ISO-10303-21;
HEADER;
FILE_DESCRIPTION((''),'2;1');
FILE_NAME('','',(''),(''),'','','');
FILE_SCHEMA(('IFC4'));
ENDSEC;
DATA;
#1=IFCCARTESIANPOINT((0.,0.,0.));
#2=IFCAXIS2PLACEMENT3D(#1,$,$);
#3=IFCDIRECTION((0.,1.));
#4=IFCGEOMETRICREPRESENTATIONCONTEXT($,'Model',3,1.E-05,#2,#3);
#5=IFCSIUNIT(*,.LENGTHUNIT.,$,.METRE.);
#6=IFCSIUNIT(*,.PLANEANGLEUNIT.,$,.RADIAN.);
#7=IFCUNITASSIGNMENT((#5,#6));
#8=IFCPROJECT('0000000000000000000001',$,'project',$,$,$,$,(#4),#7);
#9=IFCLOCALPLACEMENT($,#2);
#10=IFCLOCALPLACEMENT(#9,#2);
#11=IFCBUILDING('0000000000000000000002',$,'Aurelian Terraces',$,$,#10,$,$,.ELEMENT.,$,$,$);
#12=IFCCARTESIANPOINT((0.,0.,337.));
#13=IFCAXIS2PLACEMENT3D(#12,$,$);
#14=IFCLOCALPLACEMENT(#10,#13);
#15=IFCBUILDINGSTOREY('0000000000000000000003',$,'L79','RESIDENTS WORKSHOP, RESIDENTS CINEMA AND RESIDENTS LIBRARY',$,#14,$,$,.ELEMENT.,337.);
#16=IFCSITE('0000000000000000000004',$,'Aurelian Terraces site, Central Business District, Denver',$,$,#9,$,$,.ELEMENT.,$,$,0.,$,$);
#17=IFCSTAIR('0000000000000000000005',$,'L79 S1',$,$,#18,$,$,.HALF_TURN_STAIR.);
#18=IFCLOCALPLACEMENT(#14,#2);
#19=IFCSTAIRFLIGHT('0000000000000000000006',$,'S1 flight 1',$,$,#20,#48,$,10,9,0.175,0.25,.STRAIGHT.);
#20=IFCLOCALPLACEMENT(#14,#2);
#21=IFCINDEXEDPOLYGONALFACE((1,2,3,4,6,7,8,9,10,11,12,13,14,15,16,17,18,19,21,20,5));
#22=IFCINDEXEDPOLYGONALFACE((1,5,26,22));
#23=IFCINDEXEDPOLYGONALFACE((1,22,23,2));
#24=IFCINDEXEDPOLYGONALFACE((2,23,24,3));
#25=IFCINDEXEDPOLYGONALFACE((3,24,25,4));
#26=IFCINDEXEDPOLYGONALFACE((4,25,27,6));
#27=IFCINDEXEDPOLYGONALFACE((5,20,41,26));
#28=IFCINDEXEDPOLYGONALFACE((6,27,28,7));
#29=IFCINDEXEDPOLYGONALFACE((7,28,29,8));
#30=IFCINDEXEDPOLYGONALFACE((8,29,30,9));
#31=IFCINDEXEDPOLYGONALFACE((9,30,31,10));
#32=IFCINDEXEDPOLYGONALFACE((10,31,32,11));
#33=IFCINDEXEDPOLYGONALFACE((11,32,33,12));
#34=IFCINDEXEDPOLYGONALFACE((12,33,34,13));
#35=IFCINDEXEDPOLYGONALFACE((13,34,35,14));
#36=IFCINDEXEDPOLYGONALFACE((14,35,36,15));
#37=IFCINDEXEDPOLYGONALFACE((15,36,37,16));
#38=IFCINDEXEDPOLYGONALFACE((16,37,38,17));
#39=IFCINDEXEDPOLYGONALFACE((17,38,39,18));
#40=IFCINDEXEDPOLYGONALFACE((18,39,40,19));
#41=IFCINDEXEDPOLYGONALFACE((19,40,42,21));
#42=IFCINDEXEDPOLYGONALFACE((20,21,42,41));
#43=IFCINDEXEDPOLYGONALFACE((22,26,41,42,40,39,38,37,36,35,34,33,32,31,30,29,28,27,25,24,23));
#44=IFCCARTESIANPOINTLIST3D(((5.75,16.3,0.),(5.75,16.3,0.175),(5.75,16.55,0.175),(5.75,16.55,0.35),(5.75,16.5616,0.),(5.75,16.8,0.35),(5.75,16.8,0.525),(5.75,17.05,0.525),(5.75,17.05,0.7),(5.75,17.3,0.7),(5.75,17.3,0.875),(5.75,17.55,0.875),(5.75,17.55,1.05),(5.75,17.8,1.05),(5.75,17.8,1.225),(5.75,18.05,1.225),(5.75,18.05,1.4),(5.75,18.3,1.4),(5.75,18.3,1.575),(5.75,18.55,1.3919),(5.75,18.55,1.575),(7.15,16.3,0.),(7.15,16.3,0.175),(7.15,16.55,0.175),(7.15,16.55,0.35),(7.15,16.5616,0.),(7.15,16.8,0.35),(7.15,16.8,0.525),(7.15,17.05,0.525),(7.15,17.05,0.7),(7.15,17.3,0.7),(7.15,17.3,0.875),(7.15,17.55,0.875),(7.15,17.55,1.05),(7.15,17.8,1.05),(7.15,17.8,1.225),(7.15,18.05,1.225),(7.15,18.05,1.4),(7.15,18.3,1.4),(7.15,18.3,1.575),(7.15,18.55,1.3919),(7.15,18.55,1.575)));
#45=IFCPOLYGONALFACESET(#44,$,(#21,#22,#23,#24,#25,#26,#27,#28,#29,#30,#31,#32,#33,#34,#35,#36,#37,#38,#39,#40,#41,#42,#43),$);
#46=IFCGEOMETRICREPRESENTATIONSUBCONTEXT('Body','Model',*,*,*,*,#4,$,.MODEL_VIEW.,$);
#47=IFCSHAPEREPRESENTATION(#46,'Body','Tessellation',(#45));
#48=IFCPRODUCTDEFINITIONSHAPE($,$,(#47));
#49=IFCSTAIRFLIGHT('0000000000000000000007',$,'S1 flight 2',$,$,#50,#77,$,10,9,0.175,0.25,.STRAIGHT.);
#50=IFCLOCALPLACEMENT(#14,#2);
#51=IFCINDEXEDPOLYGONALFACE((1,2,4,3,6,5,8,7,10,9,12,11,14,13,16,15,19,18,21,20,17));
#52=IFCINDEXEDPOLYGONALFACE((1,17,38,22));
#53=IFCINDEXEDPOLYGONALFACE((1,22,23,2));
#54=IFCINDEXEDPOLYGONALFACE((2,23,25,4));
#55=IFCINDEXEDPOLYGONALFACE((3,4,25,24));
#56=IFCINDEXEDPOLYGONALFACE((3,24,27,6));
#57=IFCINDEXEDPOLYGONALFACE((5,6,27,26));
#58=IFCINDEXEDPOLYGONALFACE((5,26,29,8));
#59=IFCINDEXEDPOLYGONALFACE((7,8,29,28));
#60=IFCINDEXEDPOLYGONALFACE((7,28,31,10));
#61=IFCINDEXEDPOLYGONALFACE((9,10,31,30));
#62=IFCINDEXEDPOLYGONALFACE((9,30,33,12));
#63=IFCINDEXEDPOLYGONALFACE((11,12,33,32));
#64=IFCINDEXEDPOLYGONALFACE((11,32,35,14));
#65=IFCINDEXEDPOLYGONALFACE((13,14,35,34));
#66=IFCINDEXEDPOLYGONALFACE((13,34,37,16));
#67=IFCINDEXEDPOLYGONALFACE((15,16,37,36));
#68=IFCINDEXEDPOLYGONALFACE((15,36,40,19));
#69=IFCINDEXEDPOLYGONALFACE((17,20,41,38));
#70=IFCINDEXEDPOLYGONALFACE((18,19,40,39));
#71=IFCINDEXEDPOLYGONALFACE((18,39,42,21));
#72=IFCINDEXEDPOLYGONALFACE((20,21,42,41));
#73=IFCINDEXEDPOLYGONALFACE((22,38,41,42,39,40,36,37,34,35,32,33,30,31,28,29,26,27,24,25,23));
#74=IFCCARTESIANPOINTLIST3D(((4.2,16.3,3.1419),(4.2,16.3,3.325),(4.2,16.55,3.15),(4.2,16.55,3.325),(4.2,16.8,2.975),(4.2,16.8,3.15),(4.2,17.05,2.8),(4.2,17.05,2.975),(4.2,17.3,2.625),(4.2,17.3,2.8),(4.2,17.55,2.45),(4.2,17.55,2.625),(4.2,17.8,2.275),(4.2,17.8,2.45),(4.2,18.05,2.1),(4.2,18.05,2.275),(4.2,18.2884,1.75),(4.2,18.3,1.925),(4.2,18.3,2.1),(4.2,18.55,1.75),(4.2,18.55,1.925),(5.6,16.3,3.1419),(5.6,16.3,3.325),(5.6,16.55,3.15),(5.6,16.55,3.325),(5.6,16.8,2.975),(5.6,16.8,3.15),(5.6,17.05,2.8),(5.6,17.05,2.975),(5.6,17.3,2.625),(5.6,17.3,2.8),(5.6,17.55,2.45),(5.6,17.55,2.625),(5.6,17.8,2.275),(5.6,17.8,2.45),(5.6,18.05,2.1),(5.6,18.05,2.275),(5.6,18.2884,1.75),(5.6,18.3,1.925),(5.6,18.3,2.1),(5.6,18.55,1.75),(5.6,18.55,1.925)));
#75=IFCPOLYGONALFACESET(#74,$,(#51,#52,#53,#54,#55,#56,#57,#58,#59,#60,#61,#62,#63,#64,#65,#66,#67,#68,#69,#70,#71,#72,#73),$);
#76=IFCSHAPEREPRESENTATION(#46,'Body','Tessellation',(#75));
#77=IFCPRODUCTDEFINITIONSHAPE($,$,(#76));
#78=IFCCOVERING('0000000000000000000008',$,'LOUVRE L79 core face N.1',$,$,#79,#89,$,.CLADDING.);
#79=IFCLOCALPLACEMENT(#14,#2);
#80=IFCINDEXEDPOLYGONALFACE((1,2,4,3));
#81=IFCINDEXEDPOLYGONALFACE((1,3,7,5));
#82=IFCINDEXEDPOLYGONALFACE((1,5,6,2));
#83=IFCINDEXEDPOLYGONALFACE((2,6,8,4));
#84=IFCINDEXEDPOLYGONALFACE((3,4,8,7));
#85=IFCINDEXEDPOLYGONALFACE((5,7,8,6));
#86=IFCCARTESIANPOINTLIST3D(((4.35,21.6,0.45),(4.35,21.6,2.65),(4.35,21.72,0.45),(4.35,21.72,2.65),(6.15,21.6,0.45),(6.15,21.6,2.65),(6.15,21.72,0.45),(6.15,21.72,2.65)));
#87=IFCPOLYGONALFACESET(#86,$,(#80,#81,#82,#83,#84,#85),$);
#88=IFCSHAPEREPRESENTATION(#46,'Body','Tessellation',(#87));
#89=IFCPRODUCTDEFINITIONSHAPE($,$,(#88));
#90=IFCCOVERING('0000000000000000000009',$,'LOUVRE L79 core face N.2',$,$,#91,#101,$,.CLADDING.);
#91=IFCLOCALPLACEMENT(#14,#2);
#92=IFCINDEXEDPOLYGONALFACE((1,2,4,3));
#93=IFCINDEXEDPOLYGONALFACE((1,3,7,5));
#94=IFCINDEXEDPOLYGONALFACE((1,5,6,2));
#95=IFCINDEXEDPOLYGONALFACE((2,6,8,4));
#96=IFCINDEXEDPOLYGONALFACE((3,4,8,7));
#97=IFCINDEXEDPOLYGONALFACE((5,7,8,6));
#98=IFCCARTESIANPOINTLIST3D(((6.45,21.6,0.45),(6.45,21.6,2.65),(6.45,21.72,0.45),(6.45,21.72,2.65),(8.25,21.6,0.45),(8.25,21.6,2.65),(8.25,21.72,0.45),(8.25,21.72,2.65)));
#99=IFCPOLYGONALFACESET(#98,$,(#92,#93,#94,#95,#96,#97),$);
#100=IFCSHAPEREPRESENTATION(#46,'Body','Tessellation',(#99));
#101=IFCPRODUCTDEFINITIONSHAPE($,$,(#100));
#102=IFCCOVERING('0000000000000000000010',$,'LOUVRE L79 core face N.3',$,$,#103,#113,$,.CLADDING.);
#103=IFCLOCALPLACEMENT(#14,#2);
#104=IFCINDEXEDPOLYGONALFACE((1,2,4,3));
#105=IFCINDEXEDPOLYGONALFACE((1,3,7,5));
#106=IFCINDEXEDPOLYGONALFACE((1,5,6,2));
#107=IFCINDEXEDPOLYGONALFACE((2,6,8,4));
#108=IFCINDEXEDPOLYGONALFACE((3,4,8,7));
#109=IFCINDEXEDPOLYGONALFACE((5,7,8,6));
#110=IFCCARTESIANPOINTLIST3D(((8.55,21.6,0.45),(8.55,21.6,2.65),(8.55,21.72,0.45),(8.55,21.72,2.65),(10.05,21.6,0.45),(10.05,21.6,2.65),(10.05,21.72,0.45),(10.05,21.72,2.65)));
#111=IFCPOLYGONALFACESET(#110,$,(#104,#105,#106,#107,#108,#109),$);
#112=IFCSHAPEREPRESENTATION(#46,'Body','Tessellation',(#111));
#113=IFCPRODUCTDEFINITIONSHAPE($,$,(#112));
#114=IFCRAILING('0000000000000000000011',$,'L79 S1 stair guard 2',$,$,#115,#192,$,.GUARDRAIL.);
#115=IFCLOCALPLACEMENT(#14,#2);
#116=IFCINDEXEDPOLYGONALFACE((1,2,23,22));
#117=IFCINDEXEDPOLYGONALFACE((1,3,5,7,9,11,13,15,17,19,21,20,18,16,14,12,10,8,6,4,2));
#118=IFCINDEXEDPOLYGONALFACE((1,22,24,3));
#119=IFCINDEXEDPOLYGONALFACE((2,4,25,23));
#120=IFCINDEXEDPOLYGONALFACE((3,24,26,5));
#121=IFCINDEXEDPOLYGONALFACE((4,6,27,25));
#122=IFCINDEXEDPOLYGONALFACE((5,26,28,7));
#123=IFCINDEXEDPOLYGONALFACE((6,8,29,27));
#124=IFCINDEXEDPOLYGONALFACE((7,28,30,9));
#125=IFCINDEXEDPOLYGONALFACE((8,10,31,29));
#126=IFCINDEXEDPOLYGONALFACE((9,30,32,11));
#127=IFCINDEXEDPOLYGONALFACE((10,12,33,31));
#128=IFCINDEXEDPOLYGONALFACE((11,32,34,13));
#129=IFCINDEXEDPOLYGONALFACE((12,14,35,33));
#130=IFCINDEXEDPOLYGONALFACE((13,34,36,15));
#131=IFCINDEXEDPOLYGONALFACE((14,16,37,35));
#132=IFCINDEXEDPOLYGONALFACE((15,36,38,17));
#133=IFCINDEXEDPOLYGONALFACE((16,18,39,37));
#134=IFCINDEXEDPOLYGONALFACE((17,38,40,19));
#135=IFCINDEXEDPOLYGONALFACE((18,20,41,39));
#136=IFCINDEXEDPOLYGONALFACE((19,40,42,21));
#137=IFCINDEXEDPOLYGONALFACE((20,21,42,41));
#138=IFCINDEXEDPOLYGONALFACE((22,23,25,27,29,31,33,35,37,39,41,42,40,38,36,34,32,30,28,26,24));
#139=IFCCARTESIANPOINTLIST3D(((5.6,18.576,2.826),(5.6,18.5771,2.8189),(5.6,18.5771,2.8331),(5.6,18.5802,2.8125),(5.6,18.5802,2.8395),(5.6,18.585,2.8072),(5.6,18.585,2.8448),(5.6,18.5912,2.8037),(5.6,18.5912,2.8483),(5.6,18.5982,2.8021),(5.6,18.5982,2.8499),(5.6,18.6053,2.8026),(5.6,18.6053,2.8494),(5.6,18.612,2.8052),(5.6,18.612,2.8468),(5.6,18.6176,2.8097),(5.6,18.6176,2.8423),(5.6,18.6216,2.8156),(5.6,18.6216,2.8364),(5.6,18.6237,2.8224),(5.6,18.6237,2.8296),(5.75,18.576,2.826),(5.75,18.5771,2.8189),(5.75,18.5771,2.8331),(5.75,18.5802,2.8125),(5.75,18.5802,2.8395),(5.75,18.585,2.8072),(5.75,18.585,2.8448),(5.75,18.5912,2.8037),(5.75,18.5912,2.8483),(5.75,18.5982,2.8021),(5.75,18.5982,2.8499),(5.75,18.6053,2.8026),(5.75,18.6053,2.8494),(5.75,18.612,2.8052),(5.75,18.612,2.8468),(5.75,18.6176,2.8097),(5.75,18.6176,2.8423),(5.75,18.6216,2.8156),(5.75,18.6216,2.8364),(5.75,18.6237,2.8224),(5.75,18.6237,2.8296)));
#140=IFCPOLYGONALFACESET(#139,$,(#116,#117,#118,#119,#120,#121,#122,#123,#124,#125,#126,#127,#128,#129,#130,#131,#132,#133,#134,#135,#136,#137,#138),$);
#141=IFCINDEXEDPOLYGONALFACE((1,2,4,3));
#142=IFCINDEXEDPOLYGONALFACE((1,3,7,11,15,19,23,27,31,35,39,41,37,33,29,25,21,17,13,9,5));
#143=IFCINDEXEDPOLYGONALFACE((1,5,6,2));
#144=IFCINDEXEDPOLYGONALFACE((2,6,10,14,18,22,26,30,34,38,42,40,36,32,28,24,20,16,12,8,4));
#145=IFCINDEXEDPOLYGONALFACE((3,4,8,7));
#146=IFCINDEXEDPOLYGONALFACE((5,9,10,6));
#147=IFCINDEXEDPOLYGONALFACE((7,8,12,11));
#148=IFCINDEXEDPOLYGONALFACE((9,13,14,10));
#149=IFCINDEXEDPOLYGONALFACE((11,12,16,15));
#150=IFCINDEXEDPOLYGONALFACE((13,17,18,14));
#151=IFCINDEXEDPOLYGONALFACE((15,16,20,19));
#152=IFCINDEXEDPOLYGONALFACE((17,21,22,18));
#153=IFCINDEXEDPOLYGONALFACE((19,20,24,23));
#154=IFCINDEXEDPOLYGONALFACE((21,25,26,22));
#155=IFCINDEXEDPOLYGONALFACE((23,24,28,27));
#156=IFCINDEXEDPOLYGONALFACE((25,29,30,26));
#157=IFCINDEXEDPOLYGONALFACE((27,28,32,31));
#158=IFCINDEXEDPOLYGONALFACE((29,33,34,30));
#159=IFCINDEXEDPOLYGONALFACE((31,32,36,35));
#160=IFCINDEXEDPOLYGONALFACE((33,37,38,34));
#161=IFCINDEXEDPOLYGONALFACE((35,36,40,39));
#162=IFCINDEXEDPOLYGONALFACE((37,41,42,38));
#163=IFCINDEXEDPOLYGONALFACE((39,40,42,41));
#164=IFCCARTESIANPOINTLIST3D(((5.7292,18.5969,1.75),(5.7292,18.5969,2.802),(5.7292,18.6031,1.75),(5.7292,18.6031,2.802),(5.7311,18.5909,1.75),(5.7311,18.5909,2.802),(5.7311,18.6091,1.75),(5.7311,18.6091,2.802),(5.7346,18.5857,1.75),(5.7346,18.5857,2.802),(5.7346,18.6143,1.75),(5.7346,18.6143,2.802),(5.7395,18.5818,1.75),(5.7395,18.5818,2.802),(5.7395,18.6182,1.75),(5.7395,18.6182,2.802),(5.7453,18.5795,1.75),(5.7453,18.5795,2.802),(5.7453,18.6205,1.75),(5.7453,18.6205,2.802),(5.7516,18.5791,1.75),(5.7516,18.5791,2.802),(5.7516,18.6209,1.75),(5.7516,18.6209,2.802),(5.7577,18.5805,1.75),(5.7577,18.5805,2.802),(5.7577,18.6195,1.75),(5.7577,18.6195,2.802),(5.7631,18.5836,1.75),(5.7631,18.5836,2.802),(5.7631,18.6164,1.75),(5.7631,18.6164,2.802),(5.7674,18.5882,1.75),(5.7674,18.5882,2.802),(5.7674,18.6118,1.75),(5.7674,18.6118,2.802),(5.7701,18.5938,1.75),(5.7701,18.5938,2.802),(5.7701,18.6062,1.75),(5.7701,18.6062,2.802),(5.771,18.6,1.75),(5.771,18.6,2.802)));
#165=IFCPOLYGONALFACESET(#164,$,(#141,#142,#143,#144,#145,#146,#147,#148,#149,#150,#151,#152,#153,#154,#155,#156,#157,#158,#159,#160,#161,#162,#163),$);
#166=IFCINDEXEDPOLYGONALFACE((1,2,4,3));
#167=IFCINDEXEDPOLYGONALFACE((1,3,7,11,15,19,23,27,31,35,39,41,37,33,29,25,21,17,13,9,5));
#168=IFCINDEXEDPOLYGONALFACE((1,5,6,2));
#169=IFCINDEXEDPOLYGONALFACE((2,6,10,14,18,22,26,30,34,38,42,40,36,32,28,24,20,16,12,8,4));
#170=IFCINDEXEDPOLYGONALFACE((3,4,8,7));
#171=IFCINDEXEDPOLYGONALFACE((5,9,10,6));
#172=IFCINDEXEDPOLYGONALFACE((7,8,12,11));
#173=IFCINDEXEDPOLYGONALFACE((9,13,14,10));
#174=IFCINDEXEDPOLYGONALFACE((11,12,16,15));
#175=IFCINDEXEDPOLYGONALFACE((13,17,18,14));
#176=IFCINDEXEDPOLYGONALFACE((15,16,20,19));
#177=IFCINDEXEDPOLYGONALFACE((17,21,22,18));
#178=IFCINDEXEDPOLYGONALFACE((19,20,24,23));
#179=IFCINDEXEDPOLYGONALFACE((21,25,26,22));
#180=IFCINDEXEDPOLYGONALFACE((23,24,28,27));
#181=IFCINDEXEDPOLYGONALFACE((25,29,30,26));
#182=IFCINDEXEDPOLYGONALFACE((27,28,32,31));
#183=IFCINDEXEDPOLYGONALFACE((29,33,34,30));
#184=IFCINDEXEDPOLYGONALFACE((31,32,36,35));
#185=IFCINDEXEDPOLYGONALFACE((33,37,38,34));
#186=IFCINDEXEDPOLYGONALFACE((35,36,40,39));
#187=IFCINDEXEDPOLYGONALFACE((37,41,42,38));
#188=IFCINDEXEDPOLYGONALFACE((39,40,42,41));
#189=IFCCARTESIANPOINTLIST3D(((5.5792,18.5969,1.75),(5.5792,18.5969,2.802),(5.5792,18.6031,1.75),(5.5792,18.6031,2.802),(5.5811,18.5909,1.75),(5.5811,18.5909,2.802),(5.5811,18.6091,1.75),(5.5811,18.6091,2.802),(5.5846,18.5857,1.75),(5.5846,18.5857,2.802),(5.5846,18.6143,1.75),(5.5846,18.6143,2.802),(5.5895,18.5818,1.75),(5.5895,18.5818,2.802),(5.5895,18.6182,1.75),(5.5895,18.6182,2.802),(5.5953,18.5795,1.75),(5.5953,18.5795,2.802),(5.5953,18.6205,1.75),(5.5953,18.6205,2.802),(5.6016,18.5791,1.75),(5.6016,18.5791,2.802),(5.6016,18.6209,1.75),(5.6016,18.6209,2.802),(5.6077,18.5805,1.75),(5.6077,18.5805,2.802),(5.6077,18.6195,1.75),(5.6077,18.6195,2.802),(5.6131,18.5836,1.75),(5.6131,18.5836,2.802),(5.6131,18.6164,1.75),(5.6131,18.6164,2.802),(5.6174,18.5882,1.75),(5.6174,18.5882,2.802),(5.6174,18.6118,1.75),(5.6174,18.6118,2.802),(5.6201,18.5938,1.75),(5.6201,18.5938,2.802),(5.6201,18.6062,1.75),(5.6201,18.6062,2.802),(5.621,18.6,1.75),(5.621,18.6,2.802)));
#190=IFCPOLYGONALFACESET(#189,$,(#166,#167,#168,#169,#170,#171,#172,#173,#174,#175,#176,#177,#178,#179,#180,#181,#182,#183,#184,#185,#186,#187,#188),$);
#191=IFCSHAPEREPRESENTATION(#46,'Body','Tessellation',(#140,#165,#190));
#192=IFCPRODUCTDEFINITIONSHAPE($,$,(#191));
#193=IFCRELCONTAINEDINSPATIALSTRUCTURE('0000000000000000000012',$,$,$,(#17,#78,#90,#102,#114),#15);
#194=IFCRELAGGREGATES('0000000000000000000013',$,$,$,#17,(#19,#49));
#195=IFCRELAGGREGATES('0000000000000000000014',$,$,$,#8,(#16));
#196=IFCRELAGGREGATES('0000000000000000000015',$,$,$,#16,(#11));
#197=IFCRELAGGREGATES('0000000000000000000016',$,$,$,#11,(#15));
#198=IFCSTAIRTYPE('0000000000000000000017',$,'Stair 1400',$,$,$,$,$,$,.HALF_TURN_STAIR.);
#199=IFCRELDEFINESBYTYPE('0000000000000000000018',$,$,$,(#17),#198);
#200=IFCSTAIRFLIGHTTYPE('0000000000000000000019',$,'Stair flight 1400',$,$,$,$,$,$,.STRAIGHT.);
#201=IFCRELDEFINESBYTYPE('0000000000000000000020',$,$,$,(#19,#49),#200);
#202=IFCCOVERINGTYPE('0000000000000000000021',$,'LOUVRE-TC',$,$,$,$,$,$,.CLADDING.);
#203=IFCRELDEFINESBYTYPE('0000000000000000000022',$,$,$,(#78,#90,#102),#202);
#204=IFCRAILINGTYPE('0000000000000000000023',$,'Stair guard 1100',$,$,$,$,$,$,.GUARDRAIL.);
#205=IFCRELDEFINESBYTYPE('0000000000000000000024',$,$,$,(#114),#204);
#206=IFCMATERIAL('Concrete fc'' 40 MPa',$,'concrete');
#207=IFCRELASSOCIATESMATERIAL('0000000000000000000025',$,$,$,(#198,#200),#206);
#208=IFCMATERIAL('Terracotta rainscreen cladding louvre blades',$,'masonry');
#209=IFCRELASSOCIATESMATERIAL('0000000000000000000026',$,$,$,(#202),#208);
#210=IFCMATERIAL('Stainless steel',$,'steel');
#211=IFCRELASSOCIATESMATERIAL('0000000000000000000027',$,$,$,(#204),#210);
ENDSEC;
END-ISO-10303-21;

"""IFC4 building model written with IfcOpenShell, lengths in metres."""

from ifc_helpers import new_model, si_unit, direction, frame, origin, origin_2d, place, context, subcontext, project, spatial, polyline, rectangle, circle, outline, extrude, source, transform, mapped, material, type_object, element, aggregate, save


model = new_model("IFC4")

# Units and contexts
model_context = context("Model", 3, precision=1e-05, world=origin(), true_north=direction((0.0, 1.0)))
body_context = subcontext(model_context, "Body", "Model", "MODEL_VIEW")
ifc_project = project(units=[si_unit("LENGTHUNIT", "METRE"), si_unit("PLANEANGLEUNIT", "RADIAN")], contexts=[model_context])

# Site, building, storey
site_placement = place(None, origin())
site = spatial("IfcSite", under=ifc_project, at=site_placement, Name="Aurelian Terraces site, Central Business District, Denver", CompositionType="ELEMENT", RefElevation=0.0)
building_placement = place(site_placement, origin())
building = spatial("IfcBuilding", under=site, at=building_placement, Name="Aurelian Terraces", CompositionType="ELEMENT")
storey_placement = place(building_placement, frame((0.0, 0.0, 337.0)))
storey = spatial("IfcBuildingStorey", under=building, at=storey_placement, Name="L79", Description="RESIDENTS WORKSHOP, RESIDENTS CINEMA AND RESIDENTS LIBRARY", CompositionType="ELEMENT", Elevation=337.0)

# Shared definitions
ifc_material_1 = material(Name="Concrete fc' 40 MPa", Category="concrete")

# Stair, stair flights
stair_type = type_object("IfcStairType", Name="Stair 1400", PredefinedType="HALF_TURN_STAIR", material=ifc_material_1)
stair_placement = place(storey_placement, origin())
stair = element("IfcStair", 1, at=stair_placement, inside=storey, type_object=stair_type, Name="L79 S1", PredefinedType="HALF_TURN_STAIR")
stair_flight_type = type_object("IfcStairFlightType", Name="Stair flight 1400", PredefinedType="STRAIGHT", material=ifc_material_1)
shared_shape_1 = source(origin(), body_context, "Body", "SweptSolid", [
    extrude(outline(polyline([(0.0, 0.0), (0.0, 0.175), (0.25, 0.175), (0.25, 0.35), (0.5, 0.35), (0.5, 0.525), (0.75, 0.525), (0.75, 0.7), (1.0, 0.7), (1.0, 0.875), (1.25, 0.875), (1.25, 1.05), (1.5, 1.05), (1.5, 1.225), (1.75, 1.225), (1.75, 1.4), (2.0, 1.4), (2.0, 1.575), (2.25, 1.575), (2.25, 1.75), (2.25, 1.3919), (0.2616, 0.0), (0.0, 0.0)])), frame((0.0, 0.7, 0.0), z_axis=(0.0, -1.0, 0.0), x_axis=(1.0, 0.0, 0.0)), (0.0, 0.0, 1.0), 1.4),
])
stair_flight_1_placement = place(storey_placement, frame((6.45, 16.3, 0.0), z_axis=(0.0, 0.0, 1.0), x_axis=(0.0, 1.0, 0.0)))
stair_flight_1 = element("IfcStairFlight", 2, at=stair_flight_1_placement, type_object=stair_flight_type, Name="S1 flight 1", NumberOfRisers=10, NumberOfTreads=9, PredefinedType="STRAIGHT", RiserHeight=0.175, TreadLength=0.25, context=body_context, shape_type="MappedRepresentation", body=[
    mapped(shared_shape_1, transform((0.0, 0.0, 0.0), scale=1.0)),
])
stair_flight_2_placement = place(storey_placement, frame((4.9, 18.55, 1.75), z_axis=(0.0, 0.0, 1.0), x_axis=(0.0, -1.0, 0.0)))
stair_flight_2 = element("IfcStairFlight", 3, at=stair_flight_2_placement, type_object=stair_flight_type, Name="S1 flight 2", NumberOfRisers=10, NumberOfTreads=9, PredefinedType="STRAIGHT", RiserHeight=0.175, TreadLength=0.25, context=body_context, shape_type="MappedRepresentation", body=[
    mapped(shared_shape_1, transform((0.0, 0.0, 0.0), scale=1.0)),
])
aggregate(stair, [stair_flight_1, stair_flight_2])

# Coverings
ifc_material_2 = material(Name="Terracotta rainscreen cladding louvre blades", Category="masonry")
covering_type_1 = type_object("IfcCoveringType", Name="LOUVRE-TC", PredefinedType="CLADDING", material=ifc_material_2)
shared_shape_2 = source(origin(), body_context, "Body", "SweptSolid", [
    extrude(rectangle(XDim=1.8, YDim=0.12, at=origin_2d()), origin(), (0.0, 0.0, 1.0), 2.2),
])
for number, where, z_axis, x_axis, name in (
    (4, (5.25, 21.66, 0.45), (0.0, 0.0, 1.0), (1.0, 0.0, 0.0), "LOUVRE L79 core face N.1"),
    (5, (7.35, 21.66, 0.45), (0.0, 0.0, 1.0), (1.0, 0.0, 0.0), "LOUVRE L79 core face N.2"),
):
    element("IfcCovering", number, at=place(storey_placement, frame(where, z_axis=z_axis, x_axis=x_axis)), inside=storey, type_object=covering_type_1, Name=name, PredefinedType="CLADDING", context=body_context, shape_type="MappedRepresentation", body=[
        mapped(shared_shape_2, transform((0.0, 0.0, 0.0), scale=1.0)),
    ])
shared_shape_3 = source(origin(), body_context, "Body", "SweptSolid", [
    extrude(rectangle(XDim=1.5, YDim=0.12, at=origin_2d()), origin(), (0.0, 0.0, 1.0), 2.2),
])
covering_placement = place(storey_placement, frame((9.3, 21.66, 0.45), z_axis=(0.0, 0.0, 1.0), x_axis=(1.0, 0.0, 0.0)))
element("IfcCovering", 6, at=covering_placement, inside=storey, type_object=covering_type_1, Name="LOUVRE L79 core face N.3", PredefinedType="CLADDING", context=body_context, shape_type="MappedRepresentation", body=[
    mapped(shared_shape_3, transform((0.0, 0.0, 0.0), scale=1.0)),
])

# Railing
ifc_material_3 = material(Name="Stainless steel", Category="steel")
railing_type_1 = type_object("IfcRailingType", Name="Stair guard 1100", PredefinedType="GUARDRAIL", material=ifc_material_3)
shared_shape_4 = source(origin(), body_context, "Body", "SweptSolid", [
    extrude(circle(Radius=0.024, at=origin_2d()), frame((0.0, 0.0, 1.076), z_axis=(-1.0, 0.0, 0.0), x_axis=(0.0, -1.0, 0.0)), (0.0, 0.0, 1.0), 0.15),
    extrude(circle(Radius=0.021, at=origin_2d()), origin(), (0.0, 0.0, 1.0), 1.052),
    extrude(circle(Radius=0.021, at=origin_2d()), frame((-0.15, 0.0, 0.0)), (0.0, 0.0, 1.0), 1.052),
])
for number, where, name in (
    (7, (5.75, 18.6, 1.75), "L79 S1 stair guard 2"),
):
    element("IfcRailing", number, at=place(storey_placement, frame(where)), inside=storey, type_object=railing_type_1, Name=name, PredefinedType="GUARDRAIL", context=body_context, shape_type="MappedRepresentation", body=[
        mapped(shared_shape_4, transform((0.0, 0.0, 0.0), scale=1.0)),
    ])

save(model, "model.ifc")
